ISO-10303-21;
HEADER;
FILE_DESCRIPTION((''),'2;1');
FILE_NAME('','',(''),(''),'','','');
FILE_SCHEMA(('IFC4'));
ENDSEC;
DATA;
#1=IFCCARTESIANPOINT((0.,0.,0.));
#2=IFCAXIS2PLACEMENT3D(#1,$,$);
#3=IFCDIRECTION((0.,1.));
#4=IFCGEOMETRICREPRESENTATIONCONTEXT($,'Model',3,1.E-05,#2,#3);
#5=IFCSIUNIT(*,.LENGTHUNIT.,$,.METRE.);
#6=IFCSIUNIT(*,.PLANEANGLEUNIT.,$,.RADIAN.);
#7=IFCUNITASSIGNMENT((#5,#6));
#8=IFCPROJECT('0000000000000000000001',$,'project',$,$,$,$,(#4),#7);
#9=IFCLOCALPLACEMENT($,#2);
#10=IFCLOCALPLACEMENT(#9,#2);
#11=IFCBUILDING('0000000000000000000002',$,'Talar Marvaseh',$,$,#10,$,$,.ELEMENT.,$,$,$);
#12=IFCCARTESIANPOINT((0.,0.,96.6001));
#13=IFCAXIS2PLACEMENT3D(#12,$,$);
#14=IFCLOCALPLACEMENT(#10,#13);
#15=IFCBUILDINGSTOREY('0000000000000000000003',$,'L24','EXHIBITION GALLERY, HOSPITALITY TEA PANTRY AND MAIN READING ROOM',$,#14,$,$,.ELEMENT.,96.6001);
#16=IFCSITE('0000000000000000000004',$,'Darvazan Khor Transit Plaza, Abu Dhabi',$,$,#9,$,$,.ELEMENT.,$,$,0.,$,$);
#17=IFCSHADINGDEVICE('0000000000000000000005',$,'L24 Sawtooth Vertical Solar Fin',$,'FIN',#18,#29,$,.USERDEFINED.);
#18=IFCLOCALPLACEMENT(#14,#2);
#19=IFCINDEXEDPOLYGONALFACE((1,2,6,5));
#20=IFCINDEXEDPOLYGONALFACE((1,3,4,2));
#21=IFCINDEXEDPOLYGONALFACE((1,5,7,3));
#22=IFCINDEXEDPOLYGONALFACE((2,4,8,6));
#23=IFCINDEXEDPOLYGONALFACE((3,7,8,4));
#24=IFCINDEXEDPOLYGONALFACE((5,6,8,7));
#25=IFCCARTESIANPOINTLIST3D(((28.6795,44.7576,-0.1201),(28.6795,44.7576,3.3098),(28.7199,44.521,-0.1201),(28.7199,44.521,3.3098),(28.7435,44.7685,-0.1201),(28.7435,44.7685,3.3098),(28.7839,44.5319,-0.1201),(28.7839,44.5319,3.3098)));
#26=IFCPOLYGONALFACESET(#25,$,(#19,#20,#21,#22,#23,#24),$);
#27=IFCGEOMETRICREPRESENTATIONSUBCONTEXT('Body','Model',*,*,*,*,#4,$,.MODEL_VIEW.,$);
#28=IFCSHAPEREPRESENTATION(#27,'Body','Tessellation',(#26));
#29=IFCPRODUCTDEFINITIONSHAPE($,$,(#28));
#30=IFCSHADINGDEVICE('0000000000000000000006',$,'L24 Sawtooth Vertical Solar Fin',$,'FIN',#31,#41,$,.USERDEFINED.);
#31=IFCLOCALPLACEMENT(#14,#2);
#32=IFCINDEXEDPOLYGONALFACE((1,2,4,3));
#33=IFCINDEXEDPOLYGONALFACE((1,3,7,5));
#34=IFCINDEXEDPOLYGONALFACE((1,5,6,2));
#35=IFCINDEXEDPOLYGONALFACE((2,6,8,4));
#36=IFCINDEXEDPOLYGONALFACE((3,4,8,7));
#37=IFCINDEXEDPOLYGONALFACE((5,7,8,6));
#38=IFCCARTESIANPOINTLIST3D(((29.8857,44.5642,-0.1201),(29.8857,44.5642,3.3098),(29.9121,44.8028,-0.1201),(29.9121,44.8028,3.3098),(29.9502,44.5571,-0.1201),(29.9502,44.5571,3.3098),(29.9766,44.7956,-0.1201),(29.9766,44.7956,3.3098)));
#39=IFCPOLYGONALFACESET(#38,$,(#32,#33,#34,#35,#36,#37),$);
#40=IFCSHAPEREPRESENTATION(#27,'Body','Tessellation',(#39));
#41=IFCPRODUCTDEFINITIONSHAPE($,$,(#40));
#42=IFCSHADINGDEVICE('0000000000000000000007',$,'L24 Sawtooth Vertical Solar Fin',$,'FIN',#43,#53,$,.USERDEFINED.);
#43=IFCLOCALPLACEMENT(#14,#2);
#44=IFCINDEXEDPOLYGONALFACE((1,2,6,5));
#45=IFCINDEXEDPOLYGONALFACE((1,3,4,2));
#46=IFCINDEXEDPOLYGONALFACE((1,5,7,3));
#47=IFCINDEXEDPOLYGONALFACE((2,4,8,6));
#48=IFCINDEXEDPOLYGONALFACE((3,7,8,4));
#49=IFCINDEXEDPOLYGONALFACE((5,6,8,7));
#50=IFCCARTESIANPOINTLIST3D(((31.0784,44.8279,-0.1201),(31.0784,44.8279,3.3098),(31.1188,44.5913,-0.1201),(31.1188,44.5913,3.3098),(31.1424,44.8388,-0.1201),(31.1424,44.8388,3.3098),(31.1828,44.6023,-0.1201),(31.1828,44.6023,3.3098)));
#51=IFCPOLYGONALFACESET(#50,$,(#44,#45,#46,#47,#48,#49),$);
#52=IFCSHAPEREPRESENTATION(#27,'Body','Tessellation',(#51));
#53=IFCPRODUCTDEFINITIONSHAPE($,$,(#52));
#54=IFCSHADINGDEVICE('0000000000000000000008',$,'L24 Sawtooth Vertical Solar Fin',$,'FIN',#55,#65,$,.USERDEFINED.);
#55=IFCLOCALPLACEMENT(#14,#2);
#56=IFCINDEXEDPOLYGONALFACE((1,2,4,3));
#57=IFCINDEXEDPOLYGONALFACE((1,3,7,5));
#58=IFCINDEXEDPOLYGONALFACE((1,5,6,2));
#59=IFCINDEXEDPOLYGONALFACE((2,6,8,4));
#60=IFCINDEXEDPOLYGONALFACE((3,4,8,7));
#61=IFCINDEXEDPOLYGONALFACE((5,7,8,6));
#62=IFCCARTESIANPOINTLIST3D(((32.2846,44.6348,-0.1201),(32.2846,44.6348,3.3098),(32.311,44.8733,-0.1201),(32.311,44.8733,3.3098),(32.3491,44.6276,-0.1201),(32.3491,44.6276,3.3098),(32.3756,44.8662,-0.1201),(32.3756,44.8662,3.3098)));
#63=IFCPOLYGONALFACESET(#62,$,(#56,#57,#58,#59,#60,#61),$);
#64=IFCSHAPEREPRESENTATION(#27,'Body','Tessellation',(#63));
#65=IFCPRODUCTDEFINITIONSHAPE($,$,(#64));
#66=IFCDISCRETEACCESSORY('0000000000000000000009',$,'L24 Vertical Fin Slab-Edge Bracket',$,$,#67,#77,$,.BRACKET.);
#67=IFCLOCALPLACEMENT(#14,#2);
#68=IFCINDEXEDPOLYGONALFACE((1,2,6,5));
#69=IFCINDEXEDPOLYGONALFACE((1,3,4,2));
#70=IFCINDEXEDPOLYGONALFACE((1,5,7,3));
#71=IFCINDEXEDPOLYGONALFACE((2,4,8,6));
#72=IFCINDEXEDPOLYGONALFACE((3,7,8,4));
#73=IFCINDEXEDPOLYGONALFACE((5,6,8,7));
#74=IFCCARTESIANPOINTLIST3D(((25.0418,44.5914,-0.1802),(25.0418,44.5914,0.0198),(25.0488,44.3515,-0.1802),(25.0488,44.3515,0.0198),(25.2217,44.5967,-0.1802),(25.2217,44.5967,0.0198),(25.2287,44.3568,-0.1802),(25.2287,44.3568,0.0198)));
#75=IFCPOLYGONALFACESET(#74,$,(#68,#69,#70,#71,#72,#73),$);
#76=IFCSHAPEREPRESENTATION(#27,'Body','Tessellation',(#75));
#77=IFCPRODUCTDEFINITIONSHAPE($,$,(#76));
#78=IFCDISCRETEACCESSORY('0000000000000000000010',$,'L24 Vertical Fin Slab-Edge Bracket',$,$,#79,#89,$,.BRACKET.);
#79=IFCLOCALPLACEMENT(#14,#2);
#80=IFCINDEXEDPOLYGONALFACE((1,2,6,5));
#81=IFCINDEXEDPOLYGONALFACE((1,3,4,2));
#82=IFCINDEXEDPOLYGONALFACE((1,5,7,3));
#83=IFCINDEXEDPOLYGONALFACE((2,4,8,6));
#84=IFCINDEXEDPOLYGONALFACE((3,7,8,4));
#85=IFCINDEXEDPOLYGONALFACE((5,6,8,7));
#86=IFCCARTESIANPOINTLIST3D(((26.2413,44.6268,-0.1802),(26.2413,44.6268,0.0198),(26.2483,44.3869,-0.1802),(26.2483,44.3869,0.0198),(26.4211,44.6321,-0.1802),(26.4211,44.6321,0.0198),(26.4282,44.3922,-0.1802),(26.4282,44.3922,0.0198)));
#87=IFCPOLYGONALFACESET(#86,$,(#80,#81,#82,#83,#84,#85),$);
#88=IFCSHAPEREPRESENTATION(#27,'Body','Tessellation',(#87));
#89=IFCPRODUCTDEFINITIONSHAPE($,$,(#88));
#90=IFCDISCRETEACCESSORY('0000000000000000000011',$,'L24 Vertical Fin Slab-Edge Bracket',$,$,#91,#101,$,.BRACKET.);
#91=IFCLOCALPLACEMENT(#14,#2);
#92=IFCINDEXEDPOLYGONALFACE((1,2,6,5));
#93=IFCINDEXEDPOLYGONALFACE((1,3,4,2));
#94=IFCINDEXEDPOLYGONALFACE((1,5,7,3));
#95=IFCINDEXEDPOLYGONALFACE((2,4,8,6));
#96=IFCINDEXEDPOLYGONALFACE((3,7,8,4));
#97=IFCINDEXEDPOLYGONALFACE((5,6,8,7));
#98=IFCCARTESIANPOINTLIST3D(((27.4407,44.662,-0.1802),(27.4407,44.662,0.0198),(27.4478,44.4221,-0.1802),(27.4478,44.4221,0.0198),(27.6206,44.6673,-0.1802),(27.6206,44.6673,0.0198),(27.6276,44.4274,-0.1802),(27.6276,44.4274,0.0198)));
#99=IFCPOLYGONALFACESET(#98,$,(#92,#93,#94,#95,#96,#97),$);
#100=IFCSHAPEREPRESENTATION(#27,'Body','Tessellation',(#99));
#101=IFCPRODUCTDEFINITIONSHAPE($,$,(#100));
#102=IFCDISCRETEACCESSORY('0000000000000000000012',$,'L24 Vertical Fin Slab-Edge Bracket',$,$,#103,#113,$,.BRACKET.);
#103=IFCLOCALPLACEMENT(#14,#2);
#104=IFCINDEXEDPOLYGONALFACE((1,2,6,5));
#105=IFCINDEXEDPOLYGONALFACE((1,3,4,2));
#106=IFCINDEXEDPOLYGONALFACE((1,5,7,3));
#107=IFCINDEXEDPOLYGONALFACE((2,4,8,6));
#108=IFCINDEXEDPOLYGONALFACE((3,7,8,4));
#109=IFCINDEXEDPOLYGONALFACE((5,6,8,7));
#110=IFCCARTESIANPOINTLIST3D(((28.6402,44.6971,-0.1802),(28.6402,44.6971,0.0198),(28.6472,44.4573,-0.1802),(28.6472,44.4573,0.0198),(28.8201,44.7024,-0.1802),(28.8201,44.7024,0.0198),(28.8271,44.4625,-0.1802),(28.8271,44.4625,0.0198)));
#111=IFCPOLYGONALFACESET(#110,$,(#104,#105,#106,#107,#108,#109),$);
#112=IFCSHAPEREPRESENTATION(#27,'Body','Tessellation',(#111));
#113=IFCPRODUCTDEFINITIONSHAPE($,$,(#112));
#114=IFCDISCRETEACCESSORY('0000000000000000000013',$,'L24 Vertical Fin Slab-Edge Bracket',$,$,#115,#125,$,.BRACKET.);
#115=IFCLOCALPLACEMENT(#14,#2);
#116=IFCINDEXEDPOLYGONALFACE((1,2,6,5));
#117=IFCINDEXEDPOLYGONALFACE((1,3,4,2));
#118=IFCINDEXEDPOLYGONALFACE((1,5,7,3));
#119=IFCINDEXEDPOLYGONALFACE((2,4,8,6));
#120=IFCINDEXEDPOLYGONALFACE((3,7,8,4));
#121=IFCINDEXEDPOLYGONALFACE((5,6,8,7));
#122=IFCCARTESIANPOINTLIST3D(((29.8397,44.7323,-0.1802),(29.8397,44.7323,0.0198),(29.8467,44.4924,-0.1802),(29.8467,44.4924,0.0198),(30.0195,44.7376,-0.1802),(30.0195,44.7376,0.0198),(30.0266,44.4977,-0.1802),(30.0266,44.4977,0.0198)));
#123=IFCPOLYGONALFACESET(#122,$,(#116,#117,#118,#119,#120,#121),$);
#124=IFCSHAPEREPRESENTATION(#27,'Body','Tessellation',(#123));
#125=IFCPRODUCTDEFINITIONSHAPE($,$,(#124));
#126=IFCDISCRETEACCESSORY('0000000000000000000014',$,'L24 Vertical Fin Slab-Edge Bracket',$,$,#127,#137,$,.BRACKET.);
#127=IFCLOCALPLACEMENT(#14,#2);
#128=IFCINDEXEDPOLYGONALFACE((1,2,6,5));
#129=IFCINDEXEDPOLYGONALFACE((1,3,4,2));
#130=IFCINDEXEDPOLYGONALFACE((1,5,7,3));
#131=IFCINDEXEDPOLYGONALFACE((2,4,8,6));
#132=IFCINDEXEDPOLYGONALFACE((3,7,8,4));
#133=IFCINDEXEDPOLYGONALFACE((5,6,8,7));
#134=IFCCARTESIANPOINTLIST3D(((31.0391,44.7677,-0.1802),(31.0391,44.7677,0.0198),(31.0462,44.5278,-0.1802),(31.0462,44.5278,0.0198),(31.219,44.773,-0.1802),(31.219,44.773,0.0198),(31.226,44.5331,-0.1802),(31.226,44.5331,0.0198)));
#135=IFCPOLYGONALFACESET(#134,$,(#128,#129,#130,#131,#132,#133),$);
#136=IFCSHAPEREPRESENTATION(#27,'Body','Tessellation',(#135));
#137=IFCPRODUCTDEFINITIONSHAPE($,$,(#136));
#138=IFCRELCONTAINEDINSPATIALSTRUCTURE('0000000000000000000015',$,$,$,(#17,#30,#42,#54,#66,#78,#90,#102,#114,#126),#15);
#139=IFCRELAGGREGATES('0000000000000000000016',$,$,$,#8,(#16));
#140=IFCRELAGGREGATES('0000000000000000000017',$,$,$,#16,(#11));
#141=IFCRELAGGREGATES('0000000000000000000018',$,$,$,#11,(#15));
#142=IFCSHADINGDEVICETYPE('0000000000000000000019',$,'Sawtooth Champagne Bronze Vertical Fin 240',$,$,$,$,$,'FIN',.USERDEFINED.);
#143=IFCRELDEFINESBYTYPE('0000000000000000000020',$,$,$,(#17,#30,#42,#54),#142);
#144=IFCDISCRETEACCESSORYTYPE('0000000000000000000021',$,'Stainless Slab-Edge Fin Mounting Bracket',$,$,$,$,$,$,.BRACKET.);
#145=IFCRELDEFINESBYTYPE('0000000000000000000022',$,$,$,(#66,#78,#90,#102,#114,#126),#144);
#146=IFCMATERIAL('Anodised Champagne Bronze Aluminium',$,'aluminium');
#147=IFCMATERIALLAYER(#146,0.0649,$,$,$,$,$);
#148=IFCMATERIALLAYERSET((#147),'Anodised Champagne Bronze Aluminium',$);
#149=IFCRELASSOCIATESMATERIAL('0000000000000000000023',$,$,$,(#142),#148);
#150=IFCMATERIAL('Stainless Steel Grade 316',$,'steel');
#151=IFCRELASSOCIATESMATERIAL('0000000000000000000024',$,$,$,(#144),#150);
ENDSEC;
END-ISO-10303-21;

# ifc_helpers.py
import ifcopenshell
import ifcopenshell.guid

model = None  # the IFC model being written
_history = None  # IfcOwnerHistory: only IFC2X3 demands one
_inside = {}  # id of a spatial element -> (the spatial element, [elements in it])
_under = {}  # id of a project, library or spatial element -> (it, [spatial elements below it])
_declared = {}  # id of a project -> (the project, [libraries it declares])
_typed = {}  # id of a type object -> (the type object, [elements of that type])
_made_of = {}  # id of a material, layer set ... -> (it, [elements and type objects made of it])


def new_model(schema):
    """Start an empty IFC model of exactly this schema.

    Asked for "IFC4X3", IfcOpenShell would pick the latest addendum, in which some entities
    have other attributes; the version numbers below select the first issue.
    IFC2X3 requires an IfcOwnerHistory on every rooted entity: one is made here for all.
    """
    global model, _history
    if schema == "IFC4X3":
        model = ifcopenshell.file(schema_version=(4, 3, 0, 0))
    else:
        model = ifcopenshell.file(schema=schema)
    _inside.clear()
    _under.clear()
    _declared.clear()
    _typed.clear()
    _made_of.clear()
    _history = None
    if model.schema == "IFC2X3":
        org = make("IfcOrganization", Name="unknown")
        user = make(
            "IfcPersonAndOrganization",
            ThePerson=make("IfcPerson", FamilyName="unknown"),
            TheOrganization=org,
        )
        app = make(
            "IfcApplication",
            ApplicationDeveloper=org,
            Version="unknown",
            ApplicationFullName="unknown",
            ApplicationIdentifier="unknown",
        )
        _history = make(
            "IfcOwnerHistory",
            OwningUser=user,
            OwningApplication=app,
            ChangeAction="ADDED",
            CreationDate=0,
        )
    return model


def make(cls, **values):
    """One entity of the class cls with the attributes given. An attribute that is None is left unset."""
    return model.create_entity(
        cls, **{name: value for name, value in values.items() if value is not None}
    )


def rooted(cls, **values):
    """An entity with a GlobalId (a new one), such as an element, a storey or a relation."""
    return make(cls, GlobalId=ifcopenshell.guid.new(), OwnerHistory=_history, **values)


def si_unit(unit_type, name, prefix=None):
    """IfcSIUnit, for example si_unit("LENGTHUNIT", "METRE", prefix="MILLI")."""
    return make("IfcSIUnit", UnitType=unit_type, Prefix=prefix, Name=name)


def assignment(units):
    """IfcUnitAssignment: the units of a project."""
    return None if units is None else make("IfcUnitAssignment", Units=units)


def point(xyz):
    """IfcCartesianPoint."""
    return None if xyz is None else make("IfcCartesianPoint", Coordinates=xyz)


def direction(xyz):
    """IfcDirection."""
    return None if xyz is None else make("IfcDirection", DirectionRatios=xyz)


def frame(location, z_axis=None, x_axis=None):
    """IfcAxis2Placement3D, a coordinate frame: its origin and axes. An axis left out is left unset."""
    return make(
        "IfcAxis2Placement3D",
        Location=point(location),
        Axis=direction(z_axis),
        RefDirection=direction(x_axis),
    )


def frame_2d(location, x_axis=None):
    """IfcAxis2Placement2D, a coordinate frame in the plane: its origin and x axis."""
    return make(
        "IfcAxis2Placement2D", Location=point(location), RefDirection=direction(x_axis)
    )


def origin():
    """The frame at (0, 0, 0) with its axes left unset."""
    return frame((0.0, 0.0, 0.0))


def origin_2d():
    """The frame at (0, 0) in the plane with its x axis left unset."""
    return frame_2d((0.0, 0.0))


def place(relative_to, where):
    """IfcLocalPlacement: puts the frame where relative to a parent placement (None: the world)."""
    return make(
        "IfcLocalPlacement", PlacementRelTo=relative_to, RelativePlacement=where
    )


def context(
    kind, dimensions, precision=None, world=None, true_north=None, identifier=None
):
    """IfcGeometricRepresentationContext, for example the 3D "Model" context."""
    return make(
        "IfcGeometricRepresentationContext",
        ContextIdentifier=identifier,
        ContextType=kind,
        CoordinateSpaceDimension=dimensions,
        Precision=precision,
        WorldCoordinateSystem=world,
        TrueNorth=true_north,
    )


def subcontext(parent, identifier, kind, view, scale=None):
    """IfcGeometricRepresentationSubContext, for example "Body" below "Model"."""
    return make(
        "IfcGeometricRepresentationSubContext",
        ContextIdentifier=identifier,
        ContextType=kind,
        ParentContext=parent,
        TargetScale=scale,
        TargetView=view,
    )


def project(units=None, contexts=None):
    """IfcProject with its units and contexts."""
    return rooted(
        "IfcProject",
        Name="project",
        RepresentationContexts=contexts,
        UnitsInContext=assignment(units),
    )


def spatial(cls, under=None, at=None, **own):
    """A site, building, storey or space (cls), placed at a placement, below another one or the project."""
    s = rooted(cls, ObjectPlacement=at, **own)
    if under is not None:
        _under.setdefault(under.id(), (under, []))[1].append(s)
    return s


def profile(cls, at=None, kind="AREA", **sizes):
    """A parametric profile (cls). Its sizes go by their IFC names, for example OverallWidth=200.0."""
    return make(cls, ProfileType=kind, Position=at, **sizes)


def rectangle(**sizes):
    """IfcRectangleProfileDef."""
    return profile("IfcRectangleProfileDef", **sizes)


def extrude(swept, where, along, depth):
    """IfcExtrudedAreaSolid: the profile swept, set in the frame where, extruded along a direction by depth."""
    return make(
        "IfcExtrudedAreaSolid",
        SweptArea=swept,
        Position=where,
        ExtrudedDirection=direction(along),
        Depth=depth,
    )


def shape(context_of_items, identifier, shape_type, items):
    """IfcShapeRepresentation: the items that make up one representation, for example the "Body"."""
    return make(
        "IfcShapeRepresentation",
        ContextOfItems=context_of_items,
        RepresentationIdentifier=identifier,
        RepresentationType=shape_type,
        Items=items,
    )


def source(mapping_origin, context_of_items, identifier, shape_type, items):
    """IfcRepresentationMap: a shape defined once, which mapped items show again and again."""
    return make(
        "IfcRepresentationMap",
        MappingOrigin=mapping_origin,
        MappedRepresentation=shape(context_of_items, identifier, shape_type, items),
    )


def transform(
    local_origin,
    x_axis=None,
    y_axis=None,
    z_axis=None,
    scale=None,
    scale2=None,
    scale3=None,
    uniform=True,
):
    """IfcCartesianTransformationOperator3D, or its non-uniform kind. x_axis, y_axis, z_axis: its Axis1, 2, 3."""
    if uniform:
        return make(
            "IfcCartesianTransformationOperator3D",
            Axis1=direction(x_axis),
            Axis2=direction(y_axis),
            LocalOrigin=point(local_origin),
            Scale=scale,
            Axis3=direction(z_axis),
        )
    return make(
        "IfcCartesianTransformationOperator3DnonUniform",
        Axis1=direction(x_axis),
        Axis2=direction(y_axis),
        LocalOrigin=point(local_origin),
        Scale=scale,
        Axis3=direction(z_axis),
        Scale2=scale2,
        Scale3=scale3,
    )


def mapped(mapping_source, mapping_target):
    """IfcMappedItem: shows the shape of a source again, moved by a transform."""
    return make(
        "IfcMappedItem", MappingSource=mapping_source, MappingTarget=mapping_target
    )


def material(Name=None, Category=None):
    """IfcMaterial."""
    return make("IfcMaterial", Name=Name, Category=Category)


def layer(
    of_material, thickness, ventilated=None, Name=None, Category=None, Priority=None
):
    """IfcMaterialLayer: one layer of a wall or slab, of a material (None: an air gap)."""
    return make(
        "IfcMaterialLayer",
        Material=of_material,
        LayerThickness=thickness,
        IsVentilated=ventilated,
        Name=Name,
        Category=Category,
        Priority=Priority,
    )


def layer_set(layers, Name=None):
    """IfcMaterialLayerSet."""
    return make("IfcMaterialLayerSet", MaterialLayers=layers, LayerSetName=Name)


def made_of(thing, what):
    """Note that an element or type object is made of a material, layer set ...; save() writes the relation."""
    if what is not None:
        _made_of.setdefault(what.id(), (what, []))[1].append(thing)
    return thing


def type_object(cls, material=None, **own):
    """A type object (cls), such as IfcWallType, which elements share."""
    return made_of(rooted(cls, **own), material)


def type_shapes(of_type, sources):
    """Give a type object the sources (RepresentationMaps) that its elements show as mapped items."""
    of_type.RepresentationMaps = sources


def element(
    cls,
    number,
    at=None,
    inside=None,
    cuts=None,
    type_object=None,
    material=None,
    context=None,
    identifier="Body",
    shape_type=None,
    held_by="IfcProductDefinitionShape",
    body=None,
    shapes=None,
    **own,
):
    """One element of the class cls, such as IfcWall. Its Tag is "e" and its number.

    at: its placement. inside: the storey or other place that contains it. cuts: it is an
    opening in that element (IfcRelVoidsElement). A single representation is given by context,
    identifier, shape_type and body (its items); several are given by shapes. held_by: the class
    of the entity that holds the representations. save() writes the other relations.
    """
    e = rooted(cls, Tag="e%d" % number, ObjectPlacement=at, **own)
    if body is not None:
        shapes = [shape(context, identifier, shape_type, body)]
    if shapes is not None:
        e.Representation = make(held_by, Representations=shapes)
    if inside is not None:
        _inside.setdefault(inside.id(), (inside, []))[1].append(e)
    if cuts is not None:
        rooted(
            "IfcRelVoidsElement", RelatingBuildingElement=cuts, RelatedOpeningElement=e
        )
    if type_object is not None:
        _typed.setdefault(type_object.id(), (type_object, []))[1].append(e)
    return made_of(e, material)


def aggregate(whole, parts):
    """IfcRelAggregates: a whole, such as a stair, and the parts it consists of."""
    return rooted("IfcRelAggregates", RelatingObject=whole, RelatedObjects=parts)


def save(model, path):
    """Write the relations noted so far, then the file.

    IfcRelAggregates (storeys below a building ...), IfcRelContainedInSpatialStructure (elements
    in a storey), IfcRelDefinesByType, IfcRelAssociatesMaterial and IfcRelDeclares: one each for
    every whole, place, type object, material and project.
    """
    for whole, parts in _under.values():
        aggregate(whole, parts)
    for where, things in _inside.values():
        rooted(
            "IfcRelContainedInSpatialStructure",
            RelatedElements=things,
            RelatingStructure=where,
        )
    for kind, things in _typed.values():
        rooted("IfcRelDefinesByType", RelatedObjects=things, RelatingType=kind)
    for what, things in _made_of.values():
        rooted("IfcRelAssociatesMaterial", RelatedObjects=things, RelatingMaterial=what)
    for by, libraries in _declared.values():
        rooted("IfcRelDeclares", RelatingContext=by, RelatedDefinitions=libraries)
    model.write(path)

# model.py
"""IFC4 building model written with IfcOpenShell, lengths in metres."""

from ifc_helpers import new_model, si_unit, direction, frame, origin, origin_2d, place, context, subcontext, project, spatial, rectangle, extrude, source, transform, mapped, material, layer, layer_set, type_object, type_shapes, element, save


model = new_model("IFC4")

# Units and contexts
model_context = context("Model", 3, precision=1e-05, world=origin(), true_north=direction((0.0, 1.0)))
body_context = subcontext(model_context, "Body", "Model", "MODEL_VIEW")
ifc_project = project(units=[si_unit("LENGTHUNIT", "METRE"), si_unit("PLANEANGLEUNIT", "RADIAN")], contexts=[model_context])

# Site, building, storey
site_placement = place(None, origin())
site = spatial("IfcSite", under=ifc_project, at=site_placement, Name="Darvazan Khor Transit Plaza, Abu Dhabi", CompositionType="ELEMENT", RefElevation=0.0)
building_placement = place(site_placement, origin())
building = spatial("IfcBuilding", under=site, at=building_placement, Name="Talar Marvaseh", CompositionType="ELEMENT")
storey_placement = place(building_placement, frame((0.0, 0.0, 96.6001)))
storey = spatial("IfcBuildingStorey", under=building, at=storey_placement, Name="L24", Description="EXHIBITION GALLERY, HOSPITALITY TEA PANTRY AND MAIN READING ROOM", CompositionType="ELEMENT", Elevation=96.6001)

# Shading devices
ifc_material_1 = material(Name="Anodised Champagne Bronze Aluminium", Category="aluminium")
ifc_layer_1 = layer(ifc_material_1, 0.0649)
ifc_layer_set_1 = layer_set([ifc_layer_1], Name="Anodised Champagne Bronze Aluminium")
shading_device_type = type_object("IfcShadingDeviceType", Name="Sawtooth Champagne Bronze Vertical Fin 240", ElementType="FIN", PredefinedType="USERDEFINED", material=ifc_layer_set_1)
shared_shape_1 = source(origin(), body_context, "Body", "SweptSolid", [
    extrude(rectangle(XDim=0.24, YDim=0.0649, at=origin_2d()), origin(), (0.0, 0.0, 1.0), 3.4299),
])
type_shapes(shading_device_type, [shared_shape_1])
for number, where, z_axis, x_axis, name in (
    (1, (28.7317, 44.6448, -0.1201), (0.0, 0.0, 1.0), (-0.168145, 0.985762, 0.0), "L24 Sawtooth Vertical Solar Fin"),
    (2, (29.9312, 44.6799, -0.1201), (0.0, 0.0, 1.0), (0.110081, 0.993923, 0.0), "L24 Sawtooth Vertical Solar Fin"),
    (3, (31.1306, 44.7151, -0.1201), (0.0, 0.0, 1.0), (-0.168145, 0.985762, 0.0), "L24 Sawtooth Vertical Solar Fin"),
    (4, (32.3301, 44.7505, -0.1201), (0.0, 0.0, 1.0), (0.110081, 0.993923, 0.0), "L24 Sawtooth Vertical Solar Fin"),
):
    element("IfcShadingDevice", number, at=place(storey_placement, frame(where, z_axis=z_axis, x_axis=x_axis)), inside=storey, type_object=shading_device_type, Name=name, ObjectType="FIN", PredefinedType="USERDEFINED", context=body_context, shape_type="MappedRepresentation", body=[
        mapped(shared_shape_1, transform((0.0, 0.0, 0.0), x_axis=(1.0, 0.0, 0.0), y_axis=(0.0, 1.0, 0.0), z_axis=(0.0, 0.0, 1.0), scale=1.0)),
    ])

# Discrete accessories
ifc_material_2 = material(Name="Stainless Steel Grade 316", Category="steel")
discrete_accessory_type = type_object("IfcDiscreteAccessoryType", Name="Stainless Slab-Edge Fin Mounting Bracket", PredefinedType="BRACKET", material=ifc_material_2)
shared_shape_2 = source(origin(), body_context, "Body", "SweptSolid", [
    extrude(rectangle(XDim=0.24, YDim=0.1799, at=origin_2d()), origin(), (0.0, 0.0, 1.0), 0.2),
])
type_shapes(discrete_accessory_type, [shared_shape_2])
for number, where, z_axis, x_axis, name in (
    (5, (25.1353, 44.4741, -0.1802), (0.0, 0.0, 1.0), (-0.029317, 0.99957, 0.0), "L24 Vertical Fin Slab-Edge Bracket"),
    (6, (26.3347, 44.5095, -0.1802), (0.0, 0.0, 1.0), (-0.029317, 0.99957, 0.0), "L24 Vertical Fin Slab-Edge Bracket"),
    (7, (27.5342, 44.5447, -0.1802), (0.0, 0.0, 1.0), (-0.029317, 0.99957, 0.0), "L24 Vertical Fin Slab-Edge Bracket"),
    (8, (28.7336, 44.5798, -0.1802), (0.0, 0.0, 1.0), (-0.029317, 0.99957, 0.0), "L24 Vertical Fin Slab-Edge Bracket"),
    (9, (29.9331, 44.615, -0.1802), (0.0, 0.0, 1.0), (-0.029317, 0.99957, 0.0), "L24 Vertical Fin Slab-Edge Bracket"),
    (10, (31.1326, 44.6504, -0.1802), (0.0, 0.0, 1.0), (-0.029317, 0.99957, 0.0), "L24 Vertical Fin Slab-Edge Bracket"),
):
    element("IfcDiscreteAccessory", number, at=place(storey_placement, frame(where, z_axis=z_axis, x_axis=x_axis)), inside=storey, type_object=discrete_accessory_type, Name=name, PredefinedType="BRACKET", context=body_context, shape_type="MappedRepresentation", body=[
        mapped(shared_shape_2, transform((0.0, 0.0, 0.0), x_axis=(1.0, 0.0, 0.0), y_axis=(0.0, 1.0, 0.0), z_axis=(0.0, 0.0, 1.0), scale=1.0)),
    ])

save(model, "model.ifc")
